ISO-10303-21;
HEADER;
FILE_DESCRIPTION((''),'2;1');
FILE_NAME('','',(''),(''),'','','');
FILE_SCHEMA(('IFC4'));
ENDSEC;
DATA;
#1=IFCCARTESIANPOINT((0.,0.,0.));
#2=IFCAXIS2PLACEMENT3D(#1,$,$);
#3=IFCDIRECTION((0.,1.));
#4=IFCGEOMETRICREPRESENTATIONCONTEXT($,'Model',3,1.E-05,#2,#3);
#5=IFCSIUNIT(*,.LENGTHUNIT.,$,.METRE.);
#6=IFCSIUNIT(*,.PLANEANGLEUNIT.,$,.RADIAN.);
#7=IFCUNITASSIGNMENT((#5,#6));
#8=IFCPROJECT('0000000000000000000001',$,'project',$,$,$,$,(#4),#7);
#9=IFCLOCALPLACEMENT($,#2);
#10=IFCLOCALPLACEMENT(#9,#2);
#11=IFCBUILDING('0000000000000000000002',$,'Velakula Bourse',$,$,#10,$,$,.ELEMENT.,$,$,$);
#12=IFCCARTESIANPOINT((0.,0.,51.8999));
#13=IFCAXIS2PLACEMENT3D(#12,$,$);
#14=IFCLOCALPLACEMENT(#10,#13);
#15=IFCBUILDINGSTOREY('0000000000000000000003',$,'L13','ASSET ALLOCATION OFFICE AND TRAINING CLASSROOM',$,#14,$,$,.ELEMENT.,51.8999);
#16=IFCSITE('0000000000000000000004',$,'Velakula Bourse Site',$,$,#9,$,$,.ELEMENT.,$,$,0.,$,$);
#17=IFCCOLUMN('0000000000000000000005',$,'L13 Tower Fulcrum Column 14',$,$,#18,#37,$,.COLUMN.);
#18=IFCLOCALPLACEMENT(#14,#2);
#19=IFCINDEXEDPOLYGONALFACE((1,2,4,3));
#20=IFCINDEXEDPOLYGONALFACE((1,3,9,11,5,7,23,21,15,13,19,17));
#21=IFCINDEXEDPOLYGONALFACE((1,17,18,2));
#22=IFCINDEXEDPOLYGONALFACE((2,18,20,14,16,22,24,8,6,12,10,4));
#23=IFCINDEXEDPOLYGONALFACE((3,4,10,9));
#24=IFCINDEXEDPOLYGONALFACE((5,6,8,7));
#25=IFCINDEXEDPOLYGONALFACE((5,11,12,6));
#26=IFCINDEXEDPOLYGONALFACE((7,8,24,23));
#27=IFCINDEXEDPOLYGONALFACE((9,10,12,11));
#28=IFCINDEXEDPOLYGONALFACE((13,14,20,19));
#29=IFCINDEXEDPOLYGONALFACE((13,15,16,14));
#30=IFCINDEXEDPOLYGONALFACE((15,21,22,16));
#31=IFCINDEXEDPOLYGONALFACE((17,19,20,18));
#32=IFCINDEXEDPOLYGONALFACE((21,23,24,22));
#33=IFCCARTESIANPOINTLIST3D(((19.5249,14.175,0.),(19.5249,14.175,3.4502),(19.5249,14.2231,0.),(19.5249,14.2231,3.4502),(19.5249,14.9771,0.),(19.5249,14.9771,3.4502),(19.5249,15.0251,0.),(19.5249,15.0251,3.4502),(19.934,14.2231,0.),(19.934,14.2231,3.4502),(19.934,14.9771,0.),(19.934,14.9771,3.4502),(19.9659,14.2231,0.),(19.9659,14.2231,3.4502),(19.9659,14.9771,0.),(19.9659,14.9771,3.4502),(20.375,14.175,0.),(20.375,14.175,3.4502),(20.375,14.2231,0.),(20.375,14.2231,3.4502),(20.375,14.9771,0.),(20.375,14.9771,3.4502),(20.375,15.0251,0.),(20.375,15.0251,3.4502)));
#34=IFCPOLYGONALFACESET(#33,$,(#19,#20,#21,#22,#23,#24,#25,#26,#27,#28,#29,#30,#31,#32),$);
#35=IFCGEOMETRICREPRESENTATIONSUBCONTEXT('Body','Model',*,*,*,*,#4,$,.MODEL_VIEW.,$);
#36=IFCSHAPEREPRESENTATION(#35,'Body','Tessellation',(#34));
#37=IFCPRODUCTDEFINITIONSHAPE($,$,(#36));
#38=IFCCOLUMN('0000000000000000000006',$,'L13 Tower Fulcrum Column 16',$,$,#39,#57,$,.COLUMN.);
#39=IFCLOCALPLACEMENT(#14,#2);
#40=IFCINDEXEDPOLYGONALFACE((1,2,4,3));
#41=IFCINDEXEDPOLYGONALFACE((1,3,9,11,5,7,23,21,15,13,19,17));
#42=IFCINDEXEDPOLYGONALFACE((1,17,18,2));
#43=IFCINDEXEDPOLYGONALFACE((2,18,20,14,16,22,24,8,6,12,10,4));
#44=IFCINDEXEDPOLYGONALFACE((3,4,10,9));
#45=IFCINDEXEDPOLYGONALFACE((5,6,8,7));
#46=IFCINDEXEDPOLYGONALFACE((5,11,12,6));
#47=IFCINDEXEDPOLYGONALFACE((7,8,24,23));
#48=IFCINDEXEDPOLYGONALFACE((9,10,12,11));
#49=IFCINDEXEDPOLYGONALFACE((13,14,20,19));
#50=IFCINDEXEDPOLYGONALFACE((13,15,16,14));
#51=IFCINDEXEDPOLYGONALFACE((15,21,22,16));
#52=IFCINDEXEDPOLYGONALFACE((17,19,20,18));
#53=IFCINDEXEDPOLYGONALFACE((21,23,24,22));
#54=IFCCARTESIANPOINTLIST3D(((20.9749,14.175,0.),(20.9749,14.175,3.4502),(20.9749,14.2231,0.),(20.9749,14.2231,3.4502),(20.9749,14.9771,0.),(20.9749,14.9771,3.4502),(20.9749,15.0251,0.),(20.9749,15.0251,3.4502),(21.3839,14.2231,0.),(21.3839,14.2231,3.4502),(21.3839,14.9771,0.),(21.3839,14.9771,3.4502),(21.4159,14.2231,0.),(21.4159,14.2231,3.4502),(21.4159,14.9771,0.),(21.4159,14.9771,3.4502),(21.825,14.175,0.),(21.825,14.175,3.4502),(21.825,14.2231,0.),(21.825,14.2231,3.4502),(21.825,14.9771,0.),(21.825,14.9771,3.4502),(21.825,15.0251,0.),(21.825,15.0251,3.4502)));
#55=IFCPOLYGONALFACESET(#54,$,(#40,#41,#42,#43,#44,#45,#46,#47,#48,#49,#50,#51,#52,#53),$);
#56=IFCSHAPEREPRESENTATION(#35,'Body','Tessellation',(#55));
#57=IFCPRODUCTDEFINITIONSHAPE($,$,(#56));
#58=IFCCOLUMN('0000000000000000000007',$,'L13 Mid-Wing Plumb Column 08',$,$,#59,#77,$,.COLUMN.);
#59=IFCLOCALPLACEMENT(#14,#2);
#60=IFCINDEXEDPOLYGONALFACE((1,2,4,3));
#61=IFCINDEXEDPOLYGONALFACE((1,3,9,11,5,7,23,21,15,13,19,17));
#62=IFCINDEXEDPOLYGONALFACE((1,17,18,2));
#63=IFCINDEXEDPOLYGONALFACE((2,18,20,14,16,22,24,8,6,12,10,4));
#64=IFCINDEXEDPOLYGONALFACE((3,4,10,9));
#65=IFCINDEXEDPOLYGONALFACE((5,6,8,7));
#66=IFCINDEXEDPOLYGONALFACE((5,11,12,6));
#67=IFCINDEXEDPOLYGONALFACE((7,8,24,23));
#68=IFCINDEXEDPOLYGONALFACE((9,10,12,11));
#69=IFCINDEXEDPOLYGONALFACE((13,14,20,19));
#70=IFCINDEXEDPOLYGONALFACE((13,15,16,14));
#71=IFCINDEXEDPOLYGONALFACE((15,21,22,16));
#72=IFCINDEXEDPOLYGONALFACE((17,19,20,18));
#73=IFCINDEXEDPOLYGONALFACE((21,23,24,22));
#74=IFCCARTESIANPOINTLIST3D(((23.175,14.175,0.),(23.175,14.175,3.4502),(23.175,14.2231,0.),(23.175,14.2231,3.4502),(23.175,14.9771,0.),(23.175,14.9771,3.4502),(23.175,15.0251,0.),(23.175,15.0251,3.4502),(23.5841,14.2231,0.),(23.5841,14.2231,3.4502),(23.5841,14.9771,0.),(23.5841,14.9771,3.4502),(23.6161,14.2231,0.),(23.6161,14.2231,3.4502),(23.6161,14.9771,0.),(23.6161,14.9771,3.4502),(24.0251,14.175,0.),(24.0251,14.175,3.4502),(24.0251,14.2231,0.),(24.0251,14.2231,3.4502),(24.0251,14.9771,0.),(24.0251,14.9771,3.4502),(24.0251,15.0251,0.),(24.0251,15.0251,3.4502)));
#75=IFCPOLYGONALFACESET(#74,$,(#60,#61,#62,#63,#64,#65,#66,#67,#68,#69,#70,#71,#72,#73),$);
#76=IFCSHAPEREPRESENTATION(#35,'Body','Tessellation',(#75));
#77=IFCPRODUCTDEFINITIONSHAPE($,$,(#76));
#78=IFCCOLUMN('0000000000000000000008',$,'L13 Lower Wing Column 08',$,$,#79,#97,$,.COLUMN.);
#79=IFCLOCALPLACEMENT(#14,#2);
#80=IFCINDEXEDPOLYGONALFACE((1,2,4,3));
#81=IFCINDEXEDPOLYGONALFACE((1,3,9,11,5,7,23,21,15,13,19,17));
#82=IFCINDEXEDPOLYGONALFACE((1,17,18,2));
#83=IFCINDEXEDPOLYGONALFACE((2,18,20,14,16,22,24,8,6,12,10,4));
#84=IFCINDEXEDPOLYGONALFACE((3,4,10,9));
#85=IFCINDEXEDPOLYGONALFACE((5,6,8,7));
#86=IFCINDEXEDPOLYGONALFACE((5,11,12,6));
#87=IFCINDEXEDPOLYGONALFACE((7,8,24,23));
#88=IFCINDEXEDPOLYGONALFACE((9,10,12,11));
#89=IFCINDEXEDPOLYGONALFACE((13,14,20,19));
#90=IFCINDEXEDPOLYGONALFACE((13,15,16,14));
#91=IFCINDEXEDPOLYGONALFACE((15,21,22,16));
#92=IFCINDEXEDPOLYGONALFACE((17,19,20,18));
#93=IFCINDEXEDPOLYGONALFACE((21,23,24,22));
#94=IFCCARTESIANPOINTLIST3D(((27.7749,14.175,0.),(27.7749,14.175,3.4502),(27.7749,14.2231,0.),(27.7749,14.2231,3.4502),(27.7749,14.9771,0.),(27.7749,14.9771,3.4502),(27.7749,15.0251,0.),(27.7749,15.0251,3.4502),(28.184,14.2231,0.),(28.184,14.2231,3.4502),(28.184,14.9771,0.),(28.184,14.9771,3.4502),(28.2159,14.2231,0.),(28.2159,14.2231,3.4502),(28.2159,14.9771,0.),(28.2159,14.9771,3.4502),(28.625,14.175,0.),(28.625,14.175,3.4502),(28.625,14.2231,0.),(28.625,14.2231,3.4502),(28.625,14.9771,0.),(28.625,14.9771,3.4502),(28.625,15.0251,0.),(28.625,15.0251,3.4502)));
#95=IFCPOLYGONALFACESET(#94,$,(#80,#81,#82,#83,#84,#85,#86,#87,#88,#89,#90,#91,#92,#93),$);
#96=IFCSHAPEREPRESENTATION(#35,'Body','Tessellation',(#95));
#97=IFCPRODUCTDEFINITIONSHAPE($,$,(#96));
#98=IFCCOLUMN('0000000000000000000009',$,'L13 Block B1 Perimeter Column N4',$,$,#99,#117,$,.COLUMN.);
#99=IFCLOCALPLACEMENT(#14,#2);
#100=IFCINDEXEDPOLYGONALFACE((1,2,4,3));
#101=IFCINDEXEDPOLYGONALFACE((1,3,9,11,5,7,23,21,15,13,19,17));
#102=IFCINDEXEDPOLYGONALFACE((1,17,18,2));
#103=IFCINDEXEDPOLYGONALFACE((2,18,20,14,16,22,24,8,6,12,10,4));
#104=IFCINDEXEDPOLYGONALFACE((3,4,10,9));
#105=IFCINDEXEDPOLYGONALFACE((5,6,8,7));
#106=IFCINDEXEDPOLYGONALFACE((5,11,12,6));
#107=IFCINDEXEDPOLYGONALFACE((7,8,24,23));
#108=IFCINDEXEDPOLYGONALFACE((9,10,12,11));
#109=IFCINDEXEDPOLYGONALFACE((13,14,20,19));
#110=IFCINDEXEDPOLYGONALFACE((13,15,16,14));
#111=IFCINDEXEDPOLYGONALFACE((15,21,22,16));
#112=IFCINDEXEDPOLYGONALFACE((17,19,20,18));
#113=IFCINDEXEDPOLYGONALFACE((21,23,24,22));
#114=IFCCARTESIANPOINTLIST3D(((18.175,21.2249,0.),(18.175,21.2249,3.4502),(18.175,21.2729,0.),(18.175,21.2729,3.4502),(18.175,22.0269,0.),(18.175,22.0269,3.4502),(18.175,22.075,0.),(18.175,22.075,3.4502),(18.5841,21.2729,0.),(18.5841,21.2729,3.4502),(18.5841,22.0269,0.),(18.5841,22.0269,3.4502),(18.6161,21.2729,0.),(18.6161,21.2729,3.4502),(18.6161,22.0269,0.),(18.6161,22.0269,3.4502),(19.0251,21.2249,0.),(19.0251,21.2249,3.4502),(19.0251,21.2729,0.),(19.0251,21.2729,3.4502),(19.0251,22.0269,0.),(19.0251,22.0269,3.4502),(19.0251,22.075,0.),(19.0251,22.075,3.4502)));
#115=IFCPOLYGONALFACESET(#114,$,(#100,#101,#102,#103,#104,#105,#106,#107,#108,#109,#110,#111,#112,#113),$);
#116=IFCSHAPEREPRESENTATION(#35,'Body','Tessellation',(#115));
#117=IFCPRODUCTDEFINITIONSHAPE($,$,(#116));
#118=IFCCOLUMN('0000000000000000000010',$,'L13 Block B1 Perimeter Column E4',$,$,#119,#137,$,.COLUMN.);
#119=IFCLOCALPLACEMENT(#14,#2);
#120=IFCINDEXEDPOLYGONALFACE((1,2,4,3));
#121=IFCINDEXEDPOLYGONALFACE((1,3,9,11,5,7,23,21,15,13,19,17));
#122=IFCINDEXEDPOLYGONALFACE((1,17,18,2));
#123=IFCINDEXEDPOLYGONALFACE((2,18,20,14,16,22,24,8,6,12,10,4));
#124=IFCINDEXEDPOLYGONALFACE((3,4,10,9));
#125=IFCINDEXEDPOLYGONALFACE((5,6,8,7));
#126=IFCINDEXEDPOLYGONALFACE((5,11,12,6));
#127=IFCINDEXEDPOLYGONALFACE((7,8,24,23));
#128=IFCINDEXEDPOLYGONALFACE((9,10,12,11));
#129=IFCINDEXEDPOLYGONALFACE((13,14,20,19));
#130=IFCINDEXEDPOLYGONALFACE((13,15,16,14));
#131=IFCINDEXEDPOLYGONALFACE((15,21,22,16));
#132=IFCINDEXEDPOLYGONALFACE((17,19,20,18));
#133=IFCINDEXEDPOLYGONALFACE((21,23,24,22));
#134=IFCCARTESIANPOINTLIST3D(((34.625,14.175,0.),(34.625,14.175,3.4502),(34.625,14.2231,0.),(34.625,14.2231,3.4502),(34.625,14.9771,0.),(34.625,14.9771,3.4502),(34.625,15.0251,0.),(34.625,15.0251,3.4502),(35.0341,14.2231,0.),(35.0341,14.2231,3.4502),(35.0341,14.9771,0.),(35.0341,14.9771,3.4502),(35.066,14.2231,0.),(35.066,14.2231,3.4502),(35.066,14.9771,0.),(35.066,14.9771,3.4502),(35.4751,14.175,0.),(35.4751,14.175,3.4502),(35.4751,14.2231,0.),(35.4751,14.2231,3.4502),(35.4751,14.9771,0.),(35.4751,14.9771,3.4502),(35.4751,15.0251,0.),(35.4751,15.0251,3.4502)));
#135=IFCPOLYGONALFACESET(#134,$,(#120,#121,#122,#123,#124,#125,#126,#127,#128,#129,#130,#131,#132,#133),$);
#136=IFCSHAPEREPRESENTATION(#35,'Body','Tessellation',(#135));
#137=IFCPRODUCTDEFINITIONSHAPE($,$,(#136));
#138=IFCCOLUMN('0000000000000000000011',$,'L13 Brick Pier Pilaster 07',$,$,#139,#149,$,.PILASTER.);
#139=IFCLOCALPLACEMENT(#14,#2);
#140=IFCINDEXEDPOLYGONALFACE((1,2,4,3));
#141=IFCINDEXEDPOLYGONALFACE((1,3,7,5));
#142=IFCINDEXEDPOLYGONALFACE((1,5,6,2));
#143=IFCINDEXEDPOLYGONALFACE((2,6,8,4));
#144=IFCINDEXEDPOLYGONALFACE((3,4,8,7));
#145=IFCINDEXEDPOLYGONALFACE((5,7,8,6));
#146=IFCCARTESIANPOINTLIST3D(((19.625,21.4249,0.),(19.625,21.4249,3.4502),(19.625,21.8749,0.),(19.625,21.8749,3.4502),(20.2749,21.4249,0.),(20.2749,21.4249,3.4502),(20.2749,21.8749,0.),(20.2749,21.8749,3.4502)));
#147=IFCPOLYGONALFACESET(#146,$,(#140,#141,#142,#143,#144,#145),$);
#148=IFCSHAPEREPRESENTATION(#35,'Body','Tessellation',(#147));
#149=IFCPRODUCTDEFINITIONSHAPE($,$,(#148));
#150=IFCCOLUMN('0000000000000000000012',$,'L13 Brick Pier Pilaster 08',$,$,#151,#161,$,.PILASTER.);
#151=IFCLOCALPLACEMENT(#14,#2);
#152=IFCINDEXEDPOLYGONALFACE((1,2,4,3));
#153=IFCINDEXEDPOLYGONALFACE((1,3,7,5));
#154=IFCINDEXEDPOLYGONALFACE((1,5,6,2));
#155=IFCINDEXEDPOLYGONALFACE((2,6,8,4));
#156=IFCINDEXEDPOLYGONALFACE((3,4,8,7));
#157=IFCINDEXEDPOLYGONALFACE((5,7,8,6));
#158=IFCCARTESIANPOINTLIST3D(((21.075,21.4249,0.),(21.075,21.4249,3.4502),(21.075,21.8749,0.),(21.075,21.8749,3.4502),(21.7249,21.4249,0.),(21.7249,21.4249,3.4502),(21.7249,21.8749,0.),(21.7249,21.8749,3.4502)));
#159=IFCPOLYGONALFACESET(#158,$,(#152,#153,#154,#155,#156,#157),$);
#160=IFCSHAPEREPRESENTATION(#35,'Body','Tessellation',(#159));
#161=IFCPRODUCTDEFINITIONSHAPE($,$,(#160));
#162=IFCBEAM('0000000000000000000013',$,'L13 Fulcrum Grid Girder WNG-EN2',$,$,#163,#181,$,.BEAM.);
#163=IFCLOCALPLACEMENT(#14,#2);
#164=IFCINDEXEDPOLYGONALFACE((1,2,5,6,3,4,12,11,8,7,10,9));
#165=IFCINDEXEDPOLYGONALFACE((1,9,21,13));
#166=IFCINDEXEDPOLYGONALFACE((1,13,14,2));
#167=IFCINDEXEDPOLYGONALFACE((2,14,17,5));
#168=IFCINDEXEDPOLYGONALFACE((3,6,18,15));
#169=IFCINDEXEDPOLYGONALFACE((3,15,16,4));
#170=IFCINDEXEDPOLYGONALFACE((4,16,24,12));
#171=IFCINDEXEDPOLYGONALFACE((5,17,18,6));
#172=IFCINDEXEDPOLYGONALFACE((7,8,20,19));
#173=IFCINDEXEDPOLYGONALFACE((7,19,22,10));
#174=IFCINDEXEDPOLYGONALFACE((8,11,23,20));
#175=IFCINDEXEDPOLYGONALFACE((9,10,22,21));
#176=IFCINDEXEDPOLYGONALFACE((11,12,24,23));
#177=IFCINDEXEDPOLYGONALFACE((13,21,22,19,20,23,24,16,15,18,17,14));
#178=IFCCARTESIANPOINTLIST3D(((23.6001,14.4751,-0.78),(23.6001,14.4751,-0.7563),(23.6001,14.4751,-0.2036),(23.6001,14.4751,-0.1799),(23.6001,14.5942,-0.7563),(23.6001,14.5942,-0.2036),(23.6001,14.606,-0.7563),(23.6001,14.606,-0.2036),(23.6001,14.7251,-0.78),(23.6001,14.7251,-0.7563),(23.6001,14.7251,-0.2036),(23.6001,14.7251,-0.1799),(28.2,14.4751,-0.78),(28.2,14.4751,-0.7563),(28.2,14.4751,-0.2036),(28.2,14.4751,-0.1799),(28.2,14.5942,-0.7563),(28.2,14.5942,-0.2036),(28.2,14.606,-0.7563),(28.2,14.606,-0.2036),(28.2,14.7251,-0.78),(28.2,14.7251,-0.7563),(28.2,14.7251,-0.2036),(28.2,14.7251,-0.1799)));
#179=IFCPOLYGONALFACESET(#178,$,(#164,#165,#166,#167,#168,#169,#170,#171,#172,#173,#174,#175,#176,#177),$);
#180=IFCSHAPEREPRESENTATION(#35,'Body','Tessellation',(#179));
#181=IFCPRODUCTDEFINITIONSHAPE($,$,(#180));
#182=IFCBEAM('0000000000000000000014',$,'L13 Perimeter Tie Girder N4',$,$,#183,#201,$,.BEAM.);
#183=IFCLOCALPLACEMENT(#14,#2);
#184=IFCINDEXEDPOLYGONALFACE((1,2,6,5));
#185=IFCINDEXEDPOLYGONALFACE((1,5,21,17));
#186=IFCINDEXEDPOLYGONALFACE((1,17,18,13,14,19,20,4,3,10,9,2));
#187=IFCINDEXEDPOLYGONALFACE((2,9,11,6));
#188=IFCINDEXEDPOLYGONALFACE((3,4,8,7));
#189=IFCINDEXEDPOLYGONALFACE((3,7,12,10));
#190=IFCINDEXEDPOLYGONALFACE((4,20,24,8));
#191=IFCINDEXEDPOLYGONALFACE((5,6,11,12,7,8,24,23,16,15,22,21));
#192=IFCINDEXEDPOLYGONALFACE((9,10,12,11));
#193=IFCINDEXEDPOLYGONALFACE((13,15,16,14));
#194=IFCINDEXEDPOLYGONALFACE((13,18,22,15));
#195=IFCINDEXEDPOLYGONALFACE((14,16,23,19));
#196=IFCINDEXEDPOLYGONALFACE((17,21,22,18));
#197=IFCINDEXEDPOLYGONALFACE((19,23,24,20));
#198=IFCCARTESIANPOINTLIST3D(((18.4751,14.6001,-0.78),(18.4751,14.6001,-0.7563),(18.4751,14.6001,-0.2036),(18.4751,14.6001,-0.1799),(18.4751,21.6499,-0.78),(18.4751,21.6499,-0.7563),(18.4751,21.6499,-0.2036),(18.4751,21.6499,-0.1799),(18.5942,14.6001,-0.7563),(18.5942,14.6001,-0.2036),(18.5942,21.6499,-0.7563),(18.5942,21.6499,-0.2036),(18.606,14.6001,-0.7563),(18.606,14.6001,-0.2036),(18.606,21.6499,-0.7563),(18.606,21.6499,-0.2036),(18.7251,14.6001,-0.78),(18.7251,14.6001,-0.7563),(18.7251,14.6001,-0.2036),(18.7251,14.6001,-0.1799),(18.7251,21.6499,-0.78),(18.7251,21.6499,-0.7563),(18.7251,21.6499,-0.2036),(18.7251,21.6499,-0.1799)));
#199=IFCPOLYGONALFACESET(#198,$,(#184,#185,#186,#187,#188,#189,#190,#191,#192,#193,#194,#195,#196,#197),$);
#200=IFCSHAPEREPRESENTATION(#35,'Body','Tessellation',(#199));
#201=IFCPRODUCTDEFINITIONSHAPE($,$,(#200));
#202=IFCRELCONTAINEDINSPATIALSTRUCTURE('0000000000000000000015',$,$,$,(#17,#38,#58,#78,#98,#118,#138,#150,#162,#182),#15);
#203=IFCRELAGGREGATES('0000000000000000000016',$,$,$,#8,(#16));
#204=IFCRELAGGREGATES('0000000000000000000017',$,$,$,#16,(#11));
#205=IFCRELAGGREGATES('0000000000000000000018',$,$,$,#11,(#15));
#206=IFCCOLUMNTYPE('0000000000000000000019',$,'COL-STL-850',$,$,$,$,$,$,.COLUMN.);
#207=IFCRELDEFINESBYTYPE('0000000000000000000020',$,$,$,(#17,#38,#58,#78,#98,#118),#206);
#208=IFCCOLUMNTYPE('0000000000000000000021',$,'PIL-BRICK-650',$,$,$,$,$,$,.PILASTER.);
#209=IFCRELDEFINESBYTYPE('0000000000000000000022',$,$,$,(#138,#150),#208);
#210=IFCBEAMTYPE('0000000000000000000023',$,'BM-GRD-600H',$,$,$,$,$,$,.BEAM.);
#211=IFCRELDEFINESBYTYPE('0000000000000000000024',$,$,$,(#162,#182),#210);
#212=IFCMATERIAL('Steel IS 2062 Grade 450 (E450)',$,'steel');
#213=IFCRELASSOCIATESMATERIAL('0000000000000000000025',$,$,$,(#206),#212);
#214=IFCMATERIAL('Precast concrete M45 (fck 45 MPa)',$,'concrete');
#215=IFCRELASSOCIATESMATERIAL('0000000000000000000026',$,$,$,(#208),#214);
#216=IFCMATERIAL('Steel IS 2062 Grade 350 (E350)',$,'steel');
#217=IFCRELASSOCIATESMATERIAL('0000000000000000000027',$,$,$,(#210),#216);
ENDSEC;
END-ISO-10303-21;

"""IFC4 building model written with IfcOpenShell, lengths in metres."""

from ifc_helpers import new_model, si_unit, direction, frame, origin, origin_2d, place, context, subcontext, project, spatial, rectangle, i_section, extrude, material, material_profile, profile_set, type_object, element, save


model = new_model("IFC4")

# Units and contexts
model_context = context("Model", 3, precision=1e-05, world=origin(), true_north=direction((0.0, 1.0)))
body_context = subcontext(model_context, "Body", "Model", "MODEL_VIEW")
ifc_project = project(units=[si_unit("LENGTHUNIT", "METRE"), si_unit("PLANEANGLEUNIT", "RADIAN")], contexts=[model_context])

# Site, building, storey
site_placement = place(None, origin())
site = spatial("IfcSite", under=ifc_project, at=site_placement, Name="Velakula Bourse Site", CompositionType="ELEMENT", RefElevation=0.0)
building_placement = place(site_placement, origin())
building = spatial("IfcBuilding", under=site, at=building_placement, Name="Velakula Bourse", CompositionType="ELEMENT")
storey_placement = place(building_placement, frame((0.0, 0.0, 51.8999)))
storey = spatial("IfcBuildingStorey", under=building, at=storey_placement, Name="L13", Description="ASSET ALLOCATION OFFICE AND TRAINING CLASSROOM", CompositionType="ELEMENT", Elevation=51.8999)

# Columns
ifc_material_1 = material(Name="Steel IS 2062 Grade 450 (E450)", Category="steel")
ifc_material_profile_1 = material_profile(ifc_material_1, i_section(OverallWidth=0.8501, OverallDepth=0.8501, WebThickness=0.032, FlangeThickness=0.0481, at=origin_2d()), Name="Steel IS 2062 Grade 450 (E450)")
ifc_profile_set_1 = profile_set([ifc_material_profile_1], Name="Steel IS 2062 Grade 450 (E450)")
column_type_1 = type_object("IfcColumnType", Name="COL-STL-850", PredefinedType="COLUMN", material=ifc_profile_set_1)
for number, where, z_axis, x_axis, name in (
    (1, (19.95, 14.6001, 0.0), (0.0, 0.0, 1.0), (1.0, 0.0, 0.0), "L13 Tower Fulcrum Column 14"),
    (2, (21.3999, 14.6001, 0.0), (0.0, 0.0, 1.0), (1.0, 0.0, 0.0), "L13 Tower Fulcrum Column 16"),
    (3, (23.6001, 14.6001, 0.0), (0.0, 0.0, 1.0), (1.0, 0.0, 0.0), "L13 Mid-Wing Plumb Column 08"),
    (4, (28.2, 14.6001, 0.0), (0.0, 0.0, 1.0), (1.0, 0.0, 0.0), "L13 Lower Wing Column 08"),
    (5, (18.6001, 21.6499, 0.0), (0.0, 0.0, 1.0), (1.0, 0.0, 0.0), "L13 Block B1 Perimeter Column N4"),
    (6, (35.05, 14.6001, 0.0), (0.0, 0.0, 1.0), (1.0, 0.0, 0.0), "L13 Block B1 Perimeter Column E4"),
):
    element("IfcColumn", number, at=place(storey_placement, frame(where, z_axis=z_axis, x_axis=x_axis)), inside=storey, type_object=column_type_1, Name=name, PredefinedType="COLUMN", context=body_context, shape_type="SweptSolid", body=[
        extrude(i_section(OverallWidth=0.8501, OverallDepth=0.8501, WebThickness=0.032, FlangeThickness=0.0481, at=origin_2d()), origin(), (0.0, 0.0, 1.0), 3.4502),
    ])
ifc_material_2 = material(Name="Precast concrete M45 (fck 45 MPa)", Category="concrete")
ifc_material_profile_2 = material_profile(ifc_material_2, rectangle(XDim=0.6499, YDim=0.45, at=origin_2d()), Name="Precast concrete M45 (fck 45 MPa)")
ifc_profile_set_2 = profile_set([ifc_material_profile_2], Name="Precast concrete M45 (fck 45 MPa)")
column_type_2 = type_object("IfcColumnType", Name="PIL-BRICK-650", PredefinedType="PILASTER", material=ifc_profile_set_2)
for number, where, z_axis, x_axis, name in (
    (7, (19.95, 21.6499, 0.0), (0.0, 0.0, 1.0), (1.0, 0.0, 0.0), "L13 Brick Pier Pilaster 07"),
    (8, (21.3999, 21.6499, 0.0), (0.0, 0.0, 1.0), (1.0, 0.0, 0.0), "L13 Brick Pier Pilaster 08"),
):
    element("IfcColumn", number, at=place(storey_placement, frame(where, z_axis=z_axis, x_axis=x_axis)), inside=storey, type_object=column_type_2, Name=name, PredefinedType="PILASTER", context=body_context, shape_type="SweptSolid", body=[
        extrude(rectangle(XDim=0.6499, YDim=0.45, at=origin_2d()), origin(), (0.0, 0.0, 1.0), 3.4502),
    ])

# Beams
ifc_material_3 = material(Name="Steel IS 2062 Grade 350 (E350)", Category="steel")
ifc_material_profile_3 = material_profile(ifc_material_3, i_section(OverallWidth=0.25, OverallDepth=0.6001, WebThickness=0.0117, FlangeThickness=0.0237, at=origin_2d()), Name="Steel IS 2062 Grade 350 (E350)")
ifc_profile_set_3 = profile_set([ifc_material_profile_3], Name="Steel IS 2062 Grade 350 (E350)")
beam_type_1 = type_object("IfcBeamType", Name="BM-GRD-600H", PredefinedType="BEAM", material=ifc_profile_set_3)
beam_1_placement = place(storey_placement, frame((23.6001, 14.6001, -0.48), z_axis=(1.0, 0.0, 0.0), x_axis=(0.0, 1.0, 0.0)))
element("IfcBeam", 9, at=beam_1_placement, inside=storey, type_object=beam_type_1, Name="L13 Fulcrum Grid Girder WNG-EN2", PredefinedType="BEAM", context=body_context, shape_type="SweptSolid", body=[
    extrude(i_section(OverallWidth=0.25, OverallDepth=0.6001, WebThickness=0.0117, FlangeThickness=0.0237, at=origin_2d()), origin(), (0.0, 0.0, 1.0), 4.5999),
])
beam_2_placement = place(storey_placement, frame((18.6001, 14.6001, -0.48), z_axis=(0.0, 1.0, 0.0), x_axis=(-1.0, 0.0, 0.0)))
element("IfcBeam", 10, at=beam_2_placement, inside=storey, type_object=beam_type_1, Name="L13 Perimeter Tie Girder N4", PredefinedType="BEAM", context=body_context, shape_type="SweptSolid", body=[
    extrude(i_section(OverallWidth=0.25, OverallDepth=0.6001, WebThickness=0.0117, FlangeThickness=0.0237, at=origin_2d()), origin(), (0.0, 0.0, 1.0), 7.0498),
])

save(model, "model.ifc")
